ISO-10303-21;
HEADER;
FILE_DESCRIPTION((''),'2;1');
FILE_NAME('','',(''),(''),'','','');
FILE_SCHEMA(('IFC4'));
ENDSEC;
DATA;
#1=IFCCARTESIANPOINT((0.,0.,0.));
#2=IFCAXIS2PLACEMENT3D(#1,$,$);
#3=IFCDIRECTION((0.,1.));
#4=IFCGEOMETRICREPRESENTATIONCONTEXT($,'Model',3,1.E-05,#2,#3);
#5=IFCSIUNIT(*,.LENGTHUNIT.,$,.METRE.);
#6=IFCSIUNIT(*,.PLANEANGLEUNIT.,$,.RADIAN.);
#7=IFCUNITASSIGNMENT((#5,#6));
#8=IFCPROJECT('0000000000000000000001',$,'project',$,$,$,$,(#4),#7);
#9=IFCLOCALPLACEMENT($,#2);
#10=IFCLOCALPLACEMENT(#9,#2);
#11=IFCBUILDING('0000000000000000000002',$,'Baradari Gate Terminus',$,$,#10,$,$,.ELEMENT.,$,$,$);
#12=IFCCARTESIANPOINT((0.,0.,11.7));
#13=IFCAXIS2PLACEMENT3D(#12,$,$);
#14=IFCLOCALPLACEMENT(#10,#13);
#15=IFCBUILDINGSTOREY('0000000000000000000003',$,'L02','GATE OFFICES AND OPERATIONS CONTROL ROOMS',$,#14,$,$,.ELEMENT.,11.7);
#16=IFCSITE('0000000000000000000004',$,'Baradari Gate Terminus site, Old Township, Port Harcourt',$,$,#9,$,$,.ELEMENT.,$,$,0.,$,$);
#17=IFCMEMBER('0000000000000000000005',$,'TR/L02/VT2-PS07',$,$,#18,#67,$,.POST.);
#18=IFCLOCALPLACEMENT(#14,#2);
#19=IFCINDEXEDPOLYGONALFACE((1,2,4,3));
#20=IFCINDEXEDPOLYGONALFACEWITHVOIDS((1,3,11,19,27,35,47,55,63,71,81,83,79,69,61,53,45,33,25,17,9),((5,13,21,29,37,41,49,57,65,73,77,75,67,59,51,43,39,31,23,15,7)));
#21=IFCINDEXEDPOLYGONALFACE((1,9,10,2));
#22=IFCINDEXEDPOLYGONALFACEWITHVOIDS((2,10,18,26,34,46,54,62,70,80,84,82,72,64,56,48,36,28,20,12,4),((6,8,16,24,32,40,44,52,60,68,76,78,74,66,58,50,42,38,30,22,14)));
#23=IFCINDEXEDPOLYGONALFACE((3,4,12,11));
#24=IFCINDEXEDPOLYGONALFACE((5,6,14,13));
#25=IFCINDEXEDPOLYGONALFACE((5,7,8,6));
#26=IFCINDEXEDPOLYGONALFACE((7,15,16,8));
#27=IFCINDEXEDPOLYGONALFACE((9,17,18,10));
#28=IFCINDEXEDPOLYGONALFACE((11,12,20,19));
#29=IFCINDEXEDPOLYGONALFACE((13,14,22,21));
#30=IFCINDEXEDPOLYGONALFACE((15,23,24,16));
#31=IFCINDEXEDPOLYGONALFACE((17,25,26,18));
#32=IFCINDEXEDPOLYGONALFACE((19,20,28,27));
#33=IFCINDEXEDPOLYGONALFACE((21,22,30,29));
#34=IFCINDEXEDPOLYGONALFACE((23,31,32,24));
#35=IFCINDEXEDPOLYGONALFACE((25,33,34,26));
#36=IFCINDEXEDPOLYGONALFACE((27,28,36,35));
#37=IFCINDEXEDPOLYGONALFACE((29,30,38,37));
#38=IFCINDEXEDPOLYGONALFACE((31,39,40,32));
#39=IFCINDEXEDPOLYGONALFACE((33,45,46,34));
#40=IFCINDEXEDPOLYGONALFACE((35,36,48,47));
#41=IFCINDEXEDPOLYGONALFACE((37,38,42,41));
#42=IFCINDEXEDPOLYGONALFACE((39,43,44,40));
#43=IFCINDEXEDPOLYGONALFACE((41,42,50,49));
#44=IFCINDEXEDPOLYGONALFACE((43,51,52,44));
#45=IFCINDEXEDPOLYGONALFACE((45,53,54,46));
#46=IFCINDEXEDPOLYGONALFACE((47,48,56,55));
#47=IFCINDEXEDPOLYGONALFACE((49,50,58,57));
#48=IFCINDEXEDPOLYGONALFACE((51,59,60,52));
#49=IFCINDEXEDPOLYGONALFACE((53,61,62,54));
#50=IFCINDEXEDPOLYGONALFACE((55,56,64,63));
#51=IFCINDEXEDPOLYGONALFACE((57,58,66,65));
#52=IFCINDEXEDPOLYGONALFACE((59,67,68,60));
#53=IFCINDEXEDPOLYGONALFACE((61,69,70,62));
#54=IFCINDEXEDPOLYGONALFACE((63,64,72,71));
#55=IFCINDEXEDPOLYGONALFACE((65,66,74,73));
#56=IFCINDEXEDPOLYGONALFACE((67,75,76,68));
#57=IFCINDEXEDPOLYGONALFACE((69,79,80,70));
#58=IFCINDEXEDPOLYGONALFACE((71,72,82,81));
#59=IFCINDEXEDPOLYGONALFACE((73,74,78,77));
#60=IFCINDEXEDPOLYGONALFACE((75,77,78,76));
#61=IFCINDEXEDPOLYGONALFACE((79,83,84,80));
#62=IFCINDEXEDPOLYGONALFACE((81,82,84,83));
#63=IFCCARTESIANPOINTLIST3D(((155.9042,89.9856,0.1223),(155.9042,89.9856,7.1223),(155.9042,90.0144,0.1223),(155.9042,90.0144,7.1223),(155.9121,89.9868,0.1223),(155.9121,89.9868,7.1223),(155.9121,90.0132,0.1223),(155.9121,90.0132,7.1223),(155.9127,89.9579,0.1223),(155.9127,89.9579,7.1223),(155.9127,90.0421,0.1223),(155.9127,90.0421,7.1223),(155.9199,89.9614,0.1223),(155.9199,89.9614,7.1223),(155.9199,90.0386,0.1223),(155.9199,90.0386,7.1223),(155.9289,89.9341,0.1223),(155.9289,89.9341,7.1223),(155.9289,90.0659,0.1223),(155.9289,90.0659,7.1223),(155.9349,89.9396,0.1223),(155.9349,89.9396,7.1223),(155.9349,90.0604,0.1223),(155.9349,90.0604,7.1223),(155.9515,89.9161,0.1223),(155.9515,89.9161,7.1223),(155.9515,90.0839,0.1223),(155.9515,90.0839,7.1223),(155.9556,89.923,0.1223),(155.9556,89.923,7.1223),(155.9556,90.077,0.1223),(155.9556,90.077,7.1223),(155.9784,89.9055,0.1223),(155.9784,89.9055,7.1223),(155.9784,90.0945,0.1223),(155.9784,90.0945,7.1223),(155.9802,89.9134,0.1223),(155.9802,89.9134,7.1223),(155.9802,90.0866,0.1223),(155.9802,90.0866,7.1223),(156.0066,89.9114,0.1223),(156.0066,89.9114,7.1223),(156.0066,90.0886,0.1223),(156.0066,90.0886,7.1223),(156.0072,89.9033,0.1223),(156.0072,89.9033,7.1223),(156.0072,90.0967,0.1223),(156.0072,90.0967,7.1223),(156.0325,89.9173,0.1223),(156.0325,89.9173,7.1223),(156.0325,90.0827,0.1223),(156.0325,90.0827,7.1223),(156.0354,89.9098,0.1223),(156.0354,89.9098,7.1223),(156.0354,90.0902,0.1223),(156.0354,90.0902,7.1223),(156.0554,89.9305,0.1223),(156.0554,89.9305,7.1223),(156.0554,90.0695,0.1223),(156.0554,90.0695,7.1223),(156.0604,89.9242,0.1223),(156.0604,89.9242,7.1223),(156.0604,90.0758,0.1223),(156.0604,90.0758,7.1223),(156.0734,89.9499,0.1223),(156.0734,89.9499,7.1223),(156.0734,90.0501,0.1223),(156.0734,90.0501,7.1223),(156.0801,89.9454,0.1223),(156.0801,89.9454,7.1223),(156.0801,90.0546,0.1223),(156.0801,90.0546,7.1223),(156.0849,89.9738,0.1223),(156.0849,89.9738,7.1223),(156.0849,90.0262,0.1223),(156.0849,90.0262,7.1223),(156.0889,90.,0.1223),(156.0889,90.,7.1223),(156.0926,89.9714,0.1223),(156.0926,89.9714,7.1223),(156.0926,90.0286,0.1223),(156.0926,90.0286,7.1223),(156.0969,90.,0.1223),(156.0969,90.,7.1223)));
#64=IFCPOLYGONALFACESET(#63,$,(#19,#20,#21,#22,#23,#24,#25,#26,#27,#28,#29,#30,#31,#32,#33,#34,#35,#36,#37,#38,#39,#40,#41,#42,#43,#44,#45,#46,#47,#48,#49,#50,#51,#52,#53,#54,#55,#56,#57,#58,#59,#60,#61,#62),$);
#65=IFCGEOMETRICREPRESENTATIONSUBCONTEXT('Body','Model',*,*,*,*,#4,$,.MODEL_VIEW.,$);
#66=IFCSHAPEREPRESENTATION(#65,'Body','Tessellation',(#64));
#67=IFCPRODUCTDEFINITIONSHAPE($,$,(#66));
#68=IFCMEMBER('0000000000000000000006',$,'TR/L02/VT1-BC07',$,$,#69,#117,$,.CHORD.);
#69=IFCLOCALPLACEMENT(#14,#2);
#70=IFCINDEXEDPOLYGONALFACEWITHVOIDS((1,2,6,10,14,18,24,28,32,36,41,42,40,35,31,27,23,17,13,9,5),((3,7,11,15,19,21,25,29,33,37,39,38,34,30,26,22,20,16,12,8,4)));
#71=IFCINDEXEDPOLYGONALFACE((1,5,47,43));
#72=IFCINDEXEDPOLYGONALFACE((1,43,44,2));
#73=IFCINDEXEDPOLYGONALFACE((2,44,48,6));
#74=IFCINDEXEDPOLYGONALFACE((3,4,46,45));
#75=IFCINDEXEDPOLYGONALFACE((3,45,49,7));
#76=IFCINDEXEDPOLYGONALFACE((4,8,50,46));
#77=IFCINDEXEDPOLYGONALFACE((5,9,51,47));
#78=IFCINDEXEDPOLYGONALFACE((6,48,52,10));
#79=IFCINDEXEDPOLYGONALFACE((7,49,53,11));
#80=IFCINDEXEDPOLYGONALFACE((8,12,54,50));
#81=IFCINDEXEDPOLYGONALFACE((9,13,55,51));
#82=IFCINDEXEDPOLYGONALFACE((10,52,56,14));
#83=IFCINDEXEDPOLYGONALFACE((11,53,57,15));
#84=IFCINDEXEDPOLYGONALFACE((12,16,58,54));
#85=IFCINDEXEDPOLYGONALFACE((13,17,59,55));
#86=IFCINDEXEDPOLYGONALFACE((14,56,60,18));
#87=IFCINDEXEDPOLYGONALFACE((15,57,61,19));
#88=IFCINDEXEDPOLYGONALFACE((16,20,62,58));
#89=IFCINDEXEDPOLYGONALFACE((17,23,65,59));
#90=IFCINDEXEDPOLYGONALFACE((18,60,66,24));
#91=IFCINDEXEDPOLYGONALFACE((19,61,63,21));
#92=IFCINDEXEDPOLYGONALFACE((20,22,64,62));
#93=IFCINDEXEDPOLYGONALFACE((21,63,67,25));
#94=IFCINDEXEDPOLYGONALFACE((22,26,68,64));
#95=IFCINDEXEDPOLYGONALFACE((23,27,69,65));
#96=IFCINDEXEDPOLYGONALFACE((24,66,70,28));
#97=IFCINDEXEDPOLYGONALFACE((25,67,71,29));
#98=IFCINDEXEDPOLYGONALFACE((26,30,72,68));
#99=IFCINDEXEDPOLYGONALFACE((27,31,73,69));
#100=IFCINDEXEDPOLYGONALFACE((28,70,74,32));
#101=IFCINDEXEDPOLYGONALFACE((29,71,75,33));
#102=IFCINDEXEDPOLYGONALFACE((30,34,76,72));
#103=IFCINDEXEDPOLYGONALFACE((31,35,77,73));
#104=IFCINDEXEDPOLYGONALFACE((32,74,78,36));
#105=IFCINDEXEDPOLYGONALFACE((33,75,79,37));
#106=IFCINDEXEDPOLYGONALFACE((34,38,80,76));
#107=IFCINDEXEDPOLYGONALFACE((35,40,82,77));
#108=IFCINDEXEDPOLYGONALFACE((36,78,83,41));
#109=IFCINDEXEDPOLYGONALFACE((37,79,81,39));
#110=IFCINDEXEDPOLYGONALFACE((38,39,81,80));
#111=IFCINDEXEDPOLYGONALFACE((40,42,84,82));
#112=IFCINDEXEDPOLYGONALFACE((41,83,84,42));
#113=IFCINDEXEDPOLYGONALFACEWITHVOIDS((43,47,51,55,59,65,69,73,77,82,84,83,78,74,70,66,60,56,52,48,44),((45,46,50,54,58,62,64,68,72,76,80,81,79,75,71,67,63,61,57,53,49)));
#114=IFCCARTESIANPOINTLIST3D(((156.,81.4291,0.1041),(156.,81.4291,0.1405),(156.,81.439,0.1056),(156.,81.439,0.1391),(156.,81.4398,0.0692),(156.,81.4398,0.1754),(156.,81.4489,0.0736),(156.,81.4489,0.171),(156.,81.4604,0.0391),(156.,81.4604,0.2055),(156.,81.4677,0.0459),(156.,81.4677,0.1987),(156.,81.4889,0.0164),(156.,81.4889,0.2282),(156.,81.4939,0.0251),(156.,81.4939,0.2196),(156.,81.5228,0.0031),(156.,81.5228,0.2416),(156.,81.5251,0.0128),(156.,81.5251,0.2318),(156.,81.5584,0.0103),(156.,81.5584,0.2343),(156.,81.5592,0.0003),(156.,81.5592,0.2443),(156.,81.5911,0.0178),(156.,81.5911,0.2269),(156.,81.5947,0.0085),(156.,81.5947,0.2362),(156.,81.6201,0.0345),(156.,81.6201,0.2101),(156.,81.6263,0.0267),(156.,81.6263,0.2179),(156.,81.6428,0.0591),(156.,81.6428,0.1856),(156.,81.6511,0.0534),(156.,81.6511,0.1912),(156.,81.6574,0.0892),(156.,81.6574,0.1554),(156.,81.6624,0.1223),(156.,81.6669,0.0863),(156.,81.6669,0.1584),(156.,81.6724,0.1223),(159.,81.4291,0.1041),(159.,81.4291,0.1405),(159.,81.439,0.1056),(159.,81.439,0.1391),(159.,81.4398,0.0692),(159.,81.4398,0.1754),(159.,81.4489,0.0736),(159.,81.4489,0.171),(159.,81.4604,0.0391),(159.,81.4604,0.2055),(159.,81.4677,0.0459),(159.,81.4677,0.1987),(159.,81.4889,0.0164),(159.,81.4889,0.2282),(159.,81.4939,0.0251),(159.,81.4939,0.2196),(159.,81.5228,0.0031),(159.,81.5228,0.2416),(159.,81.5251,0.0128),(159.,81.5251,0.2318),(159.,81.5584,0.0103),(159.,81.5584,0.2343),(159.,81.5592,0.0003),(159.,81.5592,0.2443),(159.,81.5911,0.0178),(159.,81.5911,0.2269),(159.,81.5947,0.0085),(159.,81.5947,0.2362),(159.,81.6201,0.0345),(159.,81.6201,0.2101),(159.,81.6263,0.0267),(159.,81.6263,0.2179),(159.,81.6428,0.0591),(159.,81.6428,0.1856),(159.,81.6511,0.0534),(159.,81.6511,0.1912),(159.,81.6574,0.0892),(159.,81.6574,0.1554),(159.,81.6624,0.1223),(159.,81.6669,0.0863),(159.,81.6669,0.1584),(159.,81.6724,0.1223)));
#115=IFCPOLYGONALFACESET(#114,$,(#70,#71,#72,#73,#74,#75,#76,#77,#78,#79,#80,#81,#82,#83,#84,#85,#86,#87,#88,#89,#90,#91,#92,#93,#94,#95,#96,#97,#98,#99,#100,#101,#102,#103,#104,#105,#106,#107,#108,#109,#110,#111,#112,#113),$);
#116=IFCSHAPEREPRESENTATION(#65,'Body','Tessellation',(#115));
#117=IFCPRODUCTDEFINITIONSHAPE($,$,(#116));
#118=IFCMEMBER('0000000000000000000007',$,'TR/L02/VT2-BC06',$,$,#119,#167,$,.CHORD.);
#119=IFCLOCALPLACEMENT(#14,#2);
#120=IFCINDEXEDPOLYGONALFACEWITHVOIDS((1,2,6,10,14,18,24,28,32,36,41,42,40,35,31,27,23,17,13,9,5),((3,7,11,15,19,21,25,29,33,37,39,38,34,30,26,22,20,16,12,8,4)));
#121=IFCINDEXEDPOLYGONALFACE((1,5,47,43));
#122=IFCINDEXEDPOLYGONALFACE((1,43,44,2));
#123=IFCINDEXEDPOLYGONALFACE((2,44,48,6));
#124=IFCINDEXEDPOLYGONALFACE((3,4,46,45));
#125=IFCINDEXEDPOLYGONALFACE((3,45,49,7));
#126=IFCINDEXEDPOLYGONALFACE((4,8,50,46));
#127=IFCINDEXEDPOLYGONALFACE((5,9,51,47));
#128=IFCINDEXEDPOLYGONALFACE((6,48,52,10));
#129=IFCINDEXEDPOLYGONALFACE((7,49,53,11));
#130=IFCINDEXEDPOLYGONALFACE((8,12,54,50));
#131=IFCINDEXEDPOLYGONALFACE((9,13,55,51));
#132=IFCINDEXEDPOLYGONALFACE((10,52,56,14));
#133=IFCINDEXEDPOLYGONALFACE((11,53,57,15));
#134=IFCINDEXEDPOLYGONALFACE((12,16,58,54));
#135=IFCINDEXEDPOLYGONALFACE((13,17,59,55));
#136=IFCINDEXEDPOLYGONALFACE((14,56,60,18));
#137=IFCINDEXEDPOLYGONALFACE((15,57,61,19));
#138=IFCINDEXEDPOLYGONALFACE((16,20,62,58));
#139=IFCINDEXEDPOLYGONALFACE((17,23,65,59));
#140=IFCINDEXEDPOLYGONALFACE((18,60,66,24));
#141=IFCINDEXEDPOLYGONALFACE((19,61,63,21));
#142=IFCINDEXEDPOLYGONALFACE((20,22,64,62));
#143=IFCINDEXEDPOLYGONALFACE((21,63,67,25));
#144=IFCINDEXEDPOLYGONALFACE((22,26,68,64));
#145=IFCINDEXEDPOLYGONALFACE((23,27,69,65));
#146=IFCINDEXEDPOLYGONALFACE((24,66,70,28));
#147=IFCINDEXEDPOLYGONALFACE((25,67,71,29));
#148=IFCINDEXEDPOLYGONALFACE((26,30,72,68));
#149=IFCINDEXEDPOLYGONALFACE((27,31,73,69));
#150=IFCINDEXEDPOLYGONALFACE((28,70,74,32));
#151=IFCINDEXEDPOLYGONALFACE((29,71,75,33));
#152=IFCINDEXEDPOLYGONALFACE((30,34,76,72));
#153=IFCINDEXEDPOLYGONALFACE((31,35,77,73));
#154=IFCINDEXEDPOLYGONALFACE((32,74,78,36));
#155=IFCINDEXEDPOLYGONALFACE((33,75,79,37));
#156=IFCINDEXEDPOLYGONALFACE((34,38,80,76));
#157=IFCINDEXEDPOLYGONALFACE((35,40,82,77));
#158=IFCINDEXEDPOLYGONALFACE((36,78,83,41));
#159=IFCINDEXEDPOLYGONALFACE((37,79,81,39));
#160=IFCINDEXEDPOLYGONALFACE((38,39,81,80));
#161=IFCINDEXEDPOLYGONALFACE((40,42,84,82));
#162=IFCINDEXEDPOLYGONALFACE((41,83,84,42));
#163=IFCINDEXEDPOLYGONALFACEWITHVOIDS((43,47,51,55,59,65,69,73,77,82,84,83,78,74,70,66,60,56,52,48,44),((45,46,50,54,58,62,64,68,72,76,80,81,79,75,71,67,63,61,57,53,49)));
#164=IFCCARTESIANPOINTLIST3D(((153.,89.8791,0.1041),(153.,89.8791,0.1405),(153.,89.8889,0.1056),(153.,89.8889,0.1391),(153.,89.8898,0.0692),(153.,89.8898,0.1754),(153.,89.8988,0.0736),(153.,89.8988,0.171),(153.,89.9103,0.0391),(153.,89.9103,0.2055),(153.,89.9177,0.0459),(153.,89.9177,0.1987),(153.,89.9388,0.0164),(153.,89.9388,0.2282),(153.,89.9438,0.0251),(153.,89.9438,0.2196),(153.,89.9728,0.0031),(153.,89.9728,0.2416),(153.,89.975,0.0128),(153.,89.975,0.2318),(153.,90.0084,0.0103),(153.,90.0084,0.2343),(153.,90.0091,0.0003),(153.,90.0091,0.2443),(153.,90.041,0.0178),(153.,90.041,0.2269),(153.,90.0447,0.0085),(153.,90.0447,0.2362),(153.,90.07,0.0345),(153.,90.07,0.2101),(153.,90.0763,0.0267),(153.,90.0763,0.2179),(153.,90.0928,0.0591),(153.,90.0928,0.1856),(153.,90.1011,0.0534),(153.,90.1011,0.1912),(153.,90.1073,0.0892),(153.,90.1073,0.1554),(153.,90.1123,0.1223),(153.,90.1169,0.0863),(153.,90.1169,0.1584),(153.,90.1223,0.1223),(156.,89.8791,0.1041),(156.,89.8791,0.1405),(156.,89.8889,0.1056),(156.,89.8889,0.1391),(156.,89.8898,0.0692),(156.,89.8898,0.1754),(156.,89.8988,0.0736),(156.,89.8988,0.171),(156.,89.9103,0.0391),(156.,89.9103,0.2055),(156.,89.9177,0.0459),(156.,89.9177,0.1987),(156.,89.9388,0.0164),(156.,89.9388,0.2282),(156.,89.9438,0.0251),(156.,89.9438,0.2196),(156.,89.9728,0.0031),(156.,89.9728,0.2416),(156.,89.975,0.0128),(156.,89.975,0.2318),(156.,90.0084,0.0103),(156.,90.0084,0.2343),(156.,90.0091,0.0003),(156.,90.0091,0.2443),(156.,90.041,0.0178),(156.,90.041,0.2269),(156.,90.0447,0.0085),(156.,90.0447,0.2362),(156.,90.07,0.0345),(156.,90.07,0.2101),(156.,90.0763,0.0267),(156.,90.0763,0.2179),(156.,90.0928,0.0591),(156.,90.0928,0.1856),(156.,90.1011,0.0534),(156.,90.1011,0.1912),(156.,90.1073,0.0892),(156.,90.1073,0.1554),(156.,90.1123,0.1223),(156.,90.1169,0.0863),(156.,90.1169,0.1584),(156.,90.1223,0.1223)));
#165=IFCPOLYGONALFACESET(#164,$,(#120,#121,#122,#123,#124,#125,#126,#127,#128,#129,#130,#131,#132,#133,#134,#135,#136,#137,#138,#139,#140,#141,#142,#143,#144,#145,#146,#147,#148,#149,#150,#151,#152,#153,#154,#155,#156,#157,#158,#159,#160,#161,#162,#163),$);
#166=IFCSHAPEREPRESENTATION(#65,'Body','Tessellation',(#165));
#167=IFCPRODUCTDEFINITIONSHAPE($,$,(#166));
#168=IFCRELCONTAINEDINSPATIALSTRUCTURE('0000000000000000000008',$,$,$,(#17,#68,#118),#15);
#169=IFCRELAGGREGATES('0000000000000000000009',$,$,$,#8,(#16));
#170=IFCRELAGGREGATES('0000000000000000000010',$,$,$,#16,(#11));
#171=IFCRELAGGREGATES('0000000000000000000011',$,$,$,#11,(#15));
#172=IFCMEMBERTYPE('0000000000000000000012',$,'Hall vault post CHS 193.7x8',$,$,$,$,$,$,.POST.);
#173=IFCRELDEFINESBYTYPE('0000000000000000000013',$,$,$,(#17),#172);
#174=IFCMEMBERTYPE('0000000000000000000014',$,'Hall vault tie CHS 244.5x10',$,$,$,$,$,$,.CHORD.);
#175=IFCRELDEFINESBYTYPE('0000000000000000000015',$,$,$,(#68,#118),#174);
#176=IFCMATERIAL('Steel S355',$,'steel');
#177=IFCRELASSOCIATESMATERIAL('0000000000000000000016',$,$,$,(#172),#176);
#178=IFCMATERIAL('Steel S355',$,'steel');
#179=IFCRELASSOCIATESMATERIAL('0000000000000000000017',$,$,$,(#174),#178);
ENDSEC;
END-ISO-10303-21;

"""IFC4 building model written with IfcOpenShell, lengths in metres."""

from ifc_helpers import new_model, si_unit, direction, frame, origin, origin_2d, place, context, subcontext, project, spatial, hollow_circle, extrude, material, material_profile, profile_set, type_object, element, save


model = new_model("IFC4")

# Units and contexts
model_context = context("Model", 3, precision=1e-05, world=origin(), true_north=direction((0.0, 1.0)))
body_context = subcontext(model_context, "Body", "Model", "MODEL_VIEW")
ifc_project = project(units=[si_unit("LENGTHUNIT", "METRE"), si_unit("PLANEANGLEUNIT", "RADIAN")], contexts=[model_context])

# Site, building, storey
site_placement = place(None, origin())
site = spatial("IfcSite", under=ifc_project, at=site_placement, Name="Baradari Gate Terminus site, Old Township, Port Harcourt", CompositionType="ELEMENT", RefElevation=0.0)
building_placement = place(site_placement, origin())
building = spatial("IfcBuilding", under=site, at=building_placement, Name="Baradari Gate Terminus", CompositionType="ELEMENT")
storey_placement = place(building_placement, frame((0.0, 0.0, 11.7)))
storey = spatial("IfcBuildingStorey", under=building, at=storey_placement, Name="L02", Description="GATE OFFICES AND OPERATIONS CONTROL ROOMS", CompositionType="ELEMENT", Elevation=11.7)

# Members
ifc_material_1 = material(Name="Steel S355", Category="steel")
ifc_material_profile_1 = material_profile(ifc_material_1, hollow_circle(Radius=0.0969, WallThickness=0.0081, at=origin_2d()), Name="CHS 193.7x8")
ifc_profile_set_1 = profile_set([ifc_material_profile_1], Name="Steel S355")
member_type_1 = type_object("IfcMemberType", Name="Hall vault post CHS 193.7x8", PredefinedType="POST", material=ifc_profile_set_1)
member_1_placement = place(storey_placement, frame((156.0, 90.0, 0.1223), z_axis=(0.0, 0.0, 1.0), x_axis=(1.0, 0.0, 0.0)))
element("IfcMember", 1, at=member_1_placement, inside=storey, type_object=member_type_1, Name="TR/L02/VT2-PS07", PredefinedType="POST", context=body_context, shape_type="SweptSolid", body=[
    extrude(hollow_circle(Radius=0.0969, WallThickness=0.0081, at=origin_2d()), origin(), (0.0, 0.0, 1.0), 7.0),
])
ifc_material_2 = material(Name="Steel S355", Category="steel")
ifc_material_profile_2 = material_profile(ifc_material_2, hollow_circle(Radius=0.1223, WallThickness=0.01, at=origin_2d()), Name="CHS 244.5x10")
ifc_profile_set_2 = profile_set([ifc_material_profile_2], Name="Steel S355")
member_type_2 = type_object("IfcMemberType", Name="Hall vault tie CHS 244.5x10", PredefinedType="CHORD", material=ifc_profile_set_2)
for number, where, z_axis, x_axis, name in (
    (2, (156.0, 81.55, 0.1223), (1.0, 0.0, 0.0), (0.0, 1.0, 0.0), "TR/L02/VT1-BC07"),
    (3, (153.0, 90.0, 0.1223), (1.0, 0.0, 0.0), (0.0, 1.0, 0.0), "TR/L02/VT2-BC06"),
):
    element("IfcMember", number, at=place(storey_placement, frame(where, z_axis=z_axis, x_axis=x_axis)), inside=storey, type_object=member_type_2, Name=name, PredefinedType="CHORD", context=body_context, shape_type="SweptSolid", body=[
        extrude(hollow_circle(Radius=0.1223, WallThickness=0.01, at=origin_2d()), origin(), (0.0, 0.0, 1.0), 3.0),
    ])

save(model, "model.ifc")
